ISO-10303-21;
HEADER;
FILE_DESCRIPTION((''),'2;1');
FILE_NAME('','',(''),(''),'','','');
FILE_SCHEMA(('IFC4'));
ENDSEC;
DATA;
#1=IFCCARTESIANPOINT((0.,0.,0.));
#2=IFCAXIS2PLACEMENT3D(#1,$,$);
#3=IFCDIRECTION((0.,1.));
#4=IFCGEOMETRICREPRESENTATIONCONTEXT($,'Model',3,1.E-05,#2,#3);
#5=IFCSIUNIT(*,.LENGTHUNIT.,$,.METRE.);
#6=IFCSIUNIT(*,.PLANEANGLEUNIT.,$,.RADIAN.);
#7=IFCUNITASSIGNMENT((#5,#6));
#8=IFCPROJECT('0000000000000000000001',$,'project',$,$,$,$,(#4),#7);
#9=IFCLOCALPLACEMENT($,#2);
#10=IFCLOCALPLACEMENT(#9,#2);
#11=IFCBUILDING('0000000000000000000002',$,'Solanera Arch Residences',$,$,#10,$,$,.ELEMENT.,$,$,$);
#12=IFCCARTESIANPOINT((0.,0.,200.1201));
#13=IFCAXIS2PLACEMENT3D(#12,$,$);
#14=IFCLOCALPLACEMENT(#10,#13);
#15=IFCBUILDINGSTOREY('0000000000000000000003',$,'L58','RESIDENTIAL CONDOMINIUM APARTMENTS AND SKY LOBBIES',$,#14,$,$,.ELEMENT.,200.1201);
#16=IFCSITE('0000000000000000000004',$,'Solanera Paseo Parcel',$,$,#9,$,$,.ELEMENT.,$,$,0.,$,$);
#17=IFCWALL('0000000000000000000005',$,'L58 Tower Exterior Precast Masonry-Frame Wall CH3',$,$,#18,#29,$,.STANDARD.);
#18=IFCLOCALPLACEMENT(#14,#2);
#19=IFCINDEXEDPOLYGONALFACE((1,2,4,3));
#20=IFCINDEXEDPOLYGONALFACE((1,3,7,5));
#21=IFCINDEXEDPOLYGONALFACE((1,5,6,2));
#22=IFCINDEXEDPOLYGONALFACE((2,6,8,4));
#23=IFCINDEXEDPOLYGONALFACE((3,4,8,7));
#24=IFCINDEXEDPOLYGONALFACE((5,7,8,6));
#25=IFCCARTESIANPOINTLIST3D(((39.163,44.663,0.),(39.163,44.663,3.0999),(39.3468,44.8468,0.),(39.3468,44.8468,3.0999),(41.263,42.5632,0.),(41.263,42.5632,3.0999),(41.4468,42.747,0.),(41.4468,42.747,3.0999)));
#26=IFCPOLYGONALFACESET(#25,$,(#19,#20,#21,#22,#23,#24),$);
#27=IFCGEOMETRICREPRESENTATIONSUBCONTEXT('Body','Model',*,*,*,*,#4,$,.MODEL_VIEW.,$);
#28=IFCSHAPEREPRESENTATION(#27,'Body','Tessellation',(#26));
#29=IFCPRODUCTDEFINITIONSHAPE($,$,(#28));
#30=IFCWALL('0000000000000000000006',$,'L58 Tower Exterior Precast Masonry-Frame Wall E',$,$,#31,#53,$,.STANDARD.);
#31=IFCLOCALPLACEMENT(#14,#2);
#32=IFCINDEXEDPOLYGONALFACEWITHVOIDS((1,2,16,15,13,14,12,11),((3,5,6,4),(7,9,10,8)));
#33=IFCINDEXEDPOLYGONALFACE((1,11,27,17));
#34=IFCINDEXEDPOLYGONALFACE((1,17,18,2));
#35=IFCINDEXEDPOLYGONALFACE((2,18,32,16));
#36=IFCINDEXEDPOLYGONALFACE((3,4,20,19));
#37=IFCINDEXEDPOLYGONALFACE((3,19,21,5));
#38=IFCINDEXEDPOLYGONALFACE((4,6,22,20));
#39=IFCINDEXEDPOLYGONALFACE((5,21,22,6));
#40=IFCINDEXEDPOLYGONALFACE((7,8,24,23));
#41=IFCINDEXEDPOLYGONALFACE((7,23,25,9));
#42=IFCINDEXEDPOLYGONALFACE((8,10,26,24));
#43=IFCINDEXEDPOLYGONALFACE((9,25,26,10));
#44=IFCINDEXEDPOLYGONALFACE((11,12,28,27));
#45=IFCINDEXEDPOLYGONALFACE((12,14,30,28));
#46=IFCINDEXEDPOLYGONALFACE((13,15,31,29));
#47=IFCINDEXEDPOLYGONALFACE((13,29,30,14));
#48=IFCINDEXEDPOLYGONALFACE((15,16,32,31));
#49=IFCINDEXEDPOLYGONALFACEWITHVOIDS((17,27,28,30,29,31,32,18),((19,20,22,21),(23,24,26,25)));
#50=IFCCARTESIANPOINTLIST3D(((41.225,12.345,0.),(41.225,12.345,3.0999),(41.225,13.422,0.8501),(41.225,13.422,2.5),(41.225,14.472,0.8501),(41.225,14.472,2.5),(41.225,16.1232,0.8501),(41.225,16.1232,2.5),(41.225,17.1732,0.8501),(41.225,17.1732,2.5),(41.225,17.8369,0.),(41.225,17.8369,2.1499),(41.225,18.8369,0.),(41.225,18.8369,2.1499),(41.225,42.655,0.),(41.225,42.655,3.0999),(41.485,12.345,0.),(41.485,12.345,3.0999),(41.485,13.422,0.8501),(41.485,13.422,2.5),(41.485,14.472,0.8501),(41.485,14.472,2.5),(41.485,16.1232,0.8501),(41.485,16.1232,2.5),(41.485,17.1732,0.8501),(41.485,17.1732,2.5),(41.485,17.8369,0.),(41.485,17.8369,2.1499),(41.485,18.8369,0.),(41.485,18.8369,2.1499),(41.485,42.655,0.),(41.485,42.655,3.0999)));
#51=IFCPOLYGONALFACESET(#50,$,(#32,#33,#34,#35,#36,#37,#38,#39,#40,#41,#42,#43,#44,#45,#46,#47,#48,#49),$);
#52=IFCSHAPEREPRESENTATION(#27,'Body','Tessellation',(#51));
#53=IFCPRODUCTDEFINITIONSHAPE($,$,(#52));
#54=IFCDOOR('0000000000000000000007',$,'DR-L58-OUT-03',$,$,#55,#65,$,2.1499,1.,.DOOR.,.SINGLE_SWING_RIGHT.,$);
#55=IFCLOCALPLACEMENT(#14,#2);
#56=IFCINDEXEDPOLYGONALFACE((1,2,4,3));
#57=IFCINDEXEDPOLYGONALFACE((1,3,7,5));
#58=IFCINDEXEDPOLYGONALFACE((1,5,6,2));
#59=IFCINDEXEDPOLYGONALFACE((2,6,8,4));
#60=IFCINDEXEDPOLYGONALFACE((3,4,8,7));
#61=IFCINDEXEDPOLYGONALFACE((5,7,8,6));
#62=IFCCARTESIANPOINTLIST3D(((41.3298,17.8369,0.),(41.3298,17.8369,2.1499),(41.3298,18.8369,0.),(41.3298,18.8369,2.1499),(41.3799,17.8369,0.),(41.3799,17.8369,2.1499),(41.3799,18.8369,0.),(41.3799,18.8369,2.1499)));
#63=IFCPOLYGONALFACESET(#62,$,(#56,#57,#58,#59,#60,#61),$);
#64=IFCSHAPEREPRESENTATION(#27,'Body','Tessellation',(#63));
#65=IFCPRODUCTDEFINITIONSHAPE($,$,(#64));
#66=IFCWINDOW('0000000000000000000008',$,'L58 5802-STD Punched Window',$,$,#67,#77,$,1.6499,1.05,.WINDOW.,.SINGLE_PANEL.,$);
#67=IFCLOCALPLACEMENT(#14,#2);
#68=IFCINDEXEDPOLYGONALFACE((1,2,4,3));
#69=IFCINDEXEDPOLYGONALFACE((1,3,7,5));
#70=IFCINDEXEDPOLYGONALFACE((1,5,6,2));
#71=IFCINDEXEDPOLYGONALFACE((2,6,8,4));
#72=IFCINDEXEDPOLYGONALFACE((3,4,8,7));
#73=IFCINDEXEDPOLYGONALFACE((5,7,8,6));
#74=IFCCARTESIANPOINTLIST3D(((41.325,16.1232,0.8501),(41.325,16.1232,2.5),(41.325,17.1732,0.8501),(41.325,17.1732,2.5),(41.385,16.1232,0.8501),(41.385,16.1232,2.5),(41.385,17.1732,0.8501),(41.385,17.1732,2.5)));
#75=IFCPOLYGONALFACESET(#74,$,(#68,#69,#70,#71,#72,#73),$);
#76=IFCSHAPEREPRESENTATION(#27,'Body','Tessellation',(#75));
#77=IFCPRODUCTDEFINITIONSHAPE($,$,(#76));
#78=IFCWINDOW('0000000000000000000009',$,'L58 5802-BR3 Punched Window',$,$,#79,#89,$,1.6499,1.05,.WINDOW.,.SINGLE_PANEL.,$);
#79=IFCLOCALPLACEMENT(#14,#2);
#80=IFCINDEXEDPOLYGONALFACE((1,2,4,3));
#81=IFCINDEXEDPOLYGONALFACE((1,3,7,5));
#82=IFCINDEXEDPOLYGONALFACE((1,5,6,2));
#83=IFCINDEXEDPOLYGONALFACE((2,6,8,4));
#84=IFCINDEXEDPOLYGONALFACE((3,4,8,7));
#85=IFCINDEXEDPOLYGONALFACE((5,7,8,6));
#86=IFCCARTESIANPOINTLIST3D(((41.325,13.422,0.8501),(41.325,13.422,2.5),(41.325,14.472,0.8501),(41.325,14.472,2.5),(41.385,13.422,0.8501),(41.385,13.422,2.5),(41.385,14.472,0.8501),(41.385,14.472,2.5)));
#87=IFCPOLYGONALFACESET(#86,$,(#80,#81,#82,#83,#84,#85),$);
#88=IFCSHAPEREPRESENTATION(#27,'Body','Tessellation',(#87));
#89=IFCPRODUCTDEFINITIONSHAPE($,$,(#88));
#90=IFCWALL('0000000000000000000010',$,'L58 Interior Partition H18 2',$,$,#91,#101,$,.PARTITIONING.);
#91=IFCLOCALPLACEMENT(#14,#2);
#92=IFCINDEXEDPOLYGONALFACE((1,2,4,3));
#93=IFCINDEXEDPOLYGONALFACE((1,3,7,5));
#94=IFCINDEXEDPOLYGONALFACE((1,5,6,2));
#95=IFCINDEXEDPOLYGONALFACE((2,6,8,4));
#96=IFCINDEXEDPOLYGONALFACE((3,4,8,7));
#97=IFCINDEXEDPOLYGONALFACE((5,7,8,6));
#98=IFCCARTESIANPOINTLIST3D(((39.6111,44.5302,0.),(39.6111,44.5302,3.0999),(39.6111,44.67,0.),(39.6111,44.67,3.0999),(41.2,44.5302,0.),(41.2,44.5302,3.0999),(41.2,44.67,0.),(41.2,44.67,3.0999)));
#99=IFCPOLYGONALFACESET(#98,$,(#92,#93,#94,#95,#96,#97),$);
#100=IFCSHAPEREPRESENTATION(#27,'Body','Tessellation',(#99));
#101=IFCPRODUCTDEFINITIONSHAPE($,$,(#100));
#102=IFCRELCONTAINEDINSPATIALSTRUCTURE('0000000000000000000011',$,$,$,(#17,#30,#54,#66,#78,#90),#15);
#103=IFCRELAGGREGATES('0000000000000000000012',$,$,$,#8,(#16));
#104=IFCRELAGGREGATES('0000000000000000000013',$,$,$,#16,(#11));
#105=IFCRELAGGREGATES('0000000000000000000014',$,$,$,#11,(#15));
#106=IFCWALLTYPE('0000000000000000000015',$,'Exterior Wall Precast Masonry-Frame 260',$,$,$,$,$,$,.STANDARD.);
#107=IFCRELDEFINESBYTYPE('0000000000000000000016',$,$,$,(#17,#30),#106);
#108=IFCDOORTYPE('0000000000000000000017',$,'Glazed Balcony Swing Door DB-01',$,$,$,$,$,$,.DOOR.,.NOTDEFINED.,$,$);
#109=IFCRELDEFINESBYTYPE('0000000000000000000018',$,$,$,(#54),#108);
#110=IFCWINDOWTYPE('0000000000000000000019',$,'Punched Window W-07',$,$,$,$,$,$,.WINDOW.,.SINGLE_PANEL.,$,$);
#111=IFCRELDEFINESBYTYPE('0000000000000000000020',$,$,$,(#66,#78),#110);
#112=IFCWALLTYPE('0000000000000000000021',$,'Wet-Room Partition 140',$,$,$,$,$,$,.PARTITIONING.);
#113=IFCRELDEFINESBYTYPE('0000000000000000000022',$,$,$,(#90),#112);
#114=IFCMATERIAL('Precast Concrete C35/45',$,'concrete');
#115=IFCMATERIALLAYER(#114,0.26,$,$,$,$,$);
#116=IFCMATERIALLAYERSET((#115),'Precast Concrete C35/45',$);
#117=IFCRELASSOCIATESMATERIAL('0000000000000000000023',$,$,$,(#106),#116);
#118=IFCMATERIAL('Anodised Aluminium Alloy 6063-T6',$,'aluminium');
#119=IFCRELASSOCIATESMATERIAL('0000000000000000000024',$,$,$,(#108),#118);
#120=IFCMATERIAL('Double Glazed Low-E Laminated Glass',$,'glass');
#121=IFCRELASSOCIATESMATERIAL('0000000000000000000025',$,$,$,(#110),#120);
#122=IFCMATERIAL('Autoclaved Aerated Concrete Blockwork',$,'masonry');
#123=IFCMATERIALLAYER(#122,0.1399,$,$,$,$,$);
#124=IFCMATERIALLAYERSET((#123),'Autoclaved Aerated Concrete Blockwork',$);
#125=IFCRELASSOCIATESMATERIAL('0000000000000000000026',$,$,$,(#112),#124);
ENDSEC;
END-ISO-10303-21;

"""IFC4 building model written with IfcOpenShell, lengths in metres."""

from ifc_helpers import new_model, si_unit, direction, frame, frame_2d, origin, place, context, subcontext, project, spatial, rectangle, extrude, material, layer, layer_set, type_object, element, fill, save


model = new_model("IFC4")

# Units and contexts
model_context = context("Model", 3, precision=1e-05, world=origin(), true_north=direction((0.0, 1.0)))
body_context = subcontext(model_context, "Body", "Model", "MODEL_VIEW")
ifc_project = project(units=[si_unit("LENGTHUNIT", "METRE"), si_unit("PLANEANGLEUNIT", "RADIAN")], contexts=[model_context])

# Site, building, storey
site_placement = place(None, origin())
site = spatial("IfcSite", under=ifc_project, at=site_placement, Name="Solanera Paseo Parcel", CompositionType="ELEMENT", RefElevation=0.0)
building_placement = place(site_placement, origin())
building = spatial("IfcBuilding", under=site, at=building_placement, Name="Solanera Arch Residences", CompositionType="ELEMENT")
storey_placement = place(building_placement, frame((0.0, 0.0, 200.1201)))
storey = spatial("IfcBuildingStorey", under=building, at=storey_placement, Name="L58", Description="RESIDENTIAL CONDOMINIUM APARTMENTS AND SKY LOBBIES", CompositionType="ELEMENT", Elevation=200.1201)

# Wall
ifc_material_1 = material(Name="Precast Concrete C35/45", Category="concrete")
ifc_layer_1 = layer(ifc_material_1, 0.26)
ifc_layer_set_1 = layer_set([ifc_layer_1], Name="Precast Concrete C35/45")
wall_type_1 = type_object("IfcWallType", Name="Exterior Wall Precast Masonry-Frame 260", PredefinedType="STANDARD", material=ifc_layer_set_1)
wall_1_placement = place(storey_placement, frame((39.2549, 44.7549, 0.0), z_axis=(0.0, 0.0, 1.0), x_axis=(0.707148, -0.707066, 0.0)))
element("IfcWall", 1, at=wall_1_placement, inside=storey, type_object=wall_type_1, Name="L58 Tower Exterior Precast Masonry-Frame Wall CH3", PredefinedType="STANDARD", context=body_context, shape_type="SweptSolid", body=[
    extrude(rectangle(XDim=2.9697, YDim=0.26, at=frame_2d((1.4849, 0.0))), origin(), (0.0, 0.0, 1.0), 3.0999),
])

# Wall, openings, door, windows
wall_2_placement = place(storey_placement, frame((41.355, 42.655, 0.0), z_axis=(0.0, 0.0, 1.0), x_axis=(0.0, -1.0, 0.0)))
wall_2 = element("IfcWall", 2, at=wall_2_placement, inside=storey, type_object=wall_type_1, Name="L58 Tower Exterior Precast Masonry-Frame Wall E", PredefinedType="STANDARD", context=body_context, shape_type="SweptSolid", body=[
    extrude(rectangle(XDim=30.3101, YDim=0.26, at=frame_2d((15.155, 0.0))), origin(), (0.0, 0.0, 1.0), 3.0999),
])
opening_1_placement = place(wall_2_placement, frame((23.8181, 0.0, 0.0)))
opening_1 = element("IfcOpeningElement", 3, at=opening_1_placement, cuts=wall_2, PredefinedType="OPENING", context=body_context, shape_type="SweptSolid", body=[
    extrude(rectangle(XDim=1.0, YDim=2.1499, at=frame_2d((0.5, 1.075))), frame((0.0, 0.1399, 0.0), z_axis=(0.0, -1.0, 0.0), x_axis=(1.0, 0.0, 0.0)), (0.0, 0.0, 1.0), 0.28),
])
opening_2_placement = place(wall_2_placement, frame((25.4819, 0.0, 0.8501)))
opening_2 = element("IfcOpeningElement", 4, at=opening_2_placement, cuts=wall_2, PredefinedType="OPENING", context=body_context, shape_type="SweptSolid", body=[
    extrude(rectangle(XDim=1.05, YDim=1.6499, at=frame_2d((0.5249, 0.825))), frame((0.0, 0.1399, 0.0), z_axis=(0.0, -1.0, 0.0), x_axis=(1.0, 0.0, 0.0)), (0.0, 0.0, 1.0), 0.28),
])
opening_3_placement = place(wall_2_placement, frame((28.1831, 0.0, 0.8501)))
opening_3 = element("IfcOpeningElement", 5, at=opening_3_placement, cuts=wall_2, PredefinedType="OPENING", context=body_context, shape_type="SweptSolid", body=[
    extrude(rectangle(XDim=1.05, YDim=1.6499, at=frame_2d((0.5249, 0.825))), frame((0.0, 0.1399, 0.0), z_axis=(0.0, -1.0, 0.0), x_axis=(1.0, 0.0, 0.0)), (0.0, 0.0, 1.0), 0.28),
])
ifc_material_2 = material(Name="Anodised Aluminium Alloy 6063-T6", Category="aluminium")
door_type = type_object("IfcDoorType", Name="Glazed Balcony Swing Door DB-01", OperationType="NOTDEFINED", PredefinedType="DOOR", material=ifc_material_2)
door_placement = place(opening_1_placement, origin())
door = element("IfcDoor", 6, at=door_placement, inside=storey, type_object=door_type, Name="DR-L58-OUT-03", OperationType="SINGLE_SWING_RIGHT", OverallHeight=2.1499, OverallWidth=1.0, PredefinedType="DOOR", context=body_context, shape_type="SweptSolid", body=[
    extrude(rectangle(XDim=1.0, YDim=2.1499, at=frame_2d((0.5, 1.075))), frame((0.0, 0.0249, 0.0), z_axis=(0.0, -1.0, 0.0), x_axis=(1.0, 0.0, 0.0)), (0.0, 0.0, 1.0), 0.05),
])
fill(opening_1, door)
ifc_material_3 = material(Name="Double Glazed Low-E Laminated Glass", Category="glass")
window_type = type_object("IfcWindowType", Name="Punched Window W-07", PartitioningType="SINGLE_PANEL", PredefinedType="WINDOW", material=ifc_material_3)
window_1_placement = place(opening_2_placement, origin())
window_1 = element("IfcWindow", 7, at=window_1_placement, inside=storey, type_object=window_type, Name="L58 5802-STD Punched Window", OverallHeight=1.6499, OverallWidth=1.05, PartitioningType="SINGLE_PANEL", PredefinedType="WINDOW", context=body_context, shape_type="SweptSolid", body=[
    extrude(rectangle(XDim=1.05, YDim=1.6499, at=frame_2d((0.5249, 0.825))), frame((0.0, 0.03, 0.0), z_axis=(0.0, -1.0, 0.0), x_axis=(1.0, 0.0, 0.0)), (0.0, 0.0, 1.0), 0.0601),
])
fill(opening_2, window_1)
window_2_placement = place(opening_3_placement, origin())
window_2 = element("IfcWindow", 8, at=window_2_placement, inside=storey, type_object=window_type, Name="L58 5802-BR3 Punched Window", OverallHeight=1.6499, OverallWidth=1.05, PartitioningType="SINGLE_PANEL", PredefinedType="WINDOW", context=body_context, shape_type="SweptSolid", body=[
    extrude(rectangle(XDim=1.05, YDim=1.6499, at=frame_2d((0.5249, 0.825))), frame((0.0, 0.03, 0.0), z_axis=(0.0, -1.0, 0.0), x_axis=(1.0, 0.0, 0.0)), (0.0, 0.0, 1.0), 0.0601),
])
fill(opening_3, window_2)

# Wall
ifc_material_4 = material(Name="Autoclaved Aerated Concrete Blockwork", Category="masonry")
ifc_layer_2 = layer(ifc_material_4, 0.1399)
ifc_layer_set_2 = layer_set([ifc_layer_2], Name="Autoclaved Aerated Concrete Blockwork")
wall_type_2 = type_object("IfcWallType", Name="Wet-Room Partition 140", PredefinedType="PARTITIONING", material=ifc_layer_set_2)
wall_3_placement = place(storey_placement, frame((39.6111, 44.6001, 0.0), z_axis=(0.0, 0.0, 1.0), x_axis=(1.0, 0.0, 0.0)))
element("IfcWall", 9, at=wall_3_placement, inside=storey, type_object=wall_type_2, Name="L58 Interior Partition H18 2", PredefinedType="PARTITIONING", context=body_context, shape_type="SweptSolid", body=[
    extrude(rectangle(XDim=1.5889, YDim=0.1399, at=frame_2d((0.7944, 0.0))), origin(), (0.0, 0.0, 1.0), 3.0999),
])

save(model, "model.ifc")
